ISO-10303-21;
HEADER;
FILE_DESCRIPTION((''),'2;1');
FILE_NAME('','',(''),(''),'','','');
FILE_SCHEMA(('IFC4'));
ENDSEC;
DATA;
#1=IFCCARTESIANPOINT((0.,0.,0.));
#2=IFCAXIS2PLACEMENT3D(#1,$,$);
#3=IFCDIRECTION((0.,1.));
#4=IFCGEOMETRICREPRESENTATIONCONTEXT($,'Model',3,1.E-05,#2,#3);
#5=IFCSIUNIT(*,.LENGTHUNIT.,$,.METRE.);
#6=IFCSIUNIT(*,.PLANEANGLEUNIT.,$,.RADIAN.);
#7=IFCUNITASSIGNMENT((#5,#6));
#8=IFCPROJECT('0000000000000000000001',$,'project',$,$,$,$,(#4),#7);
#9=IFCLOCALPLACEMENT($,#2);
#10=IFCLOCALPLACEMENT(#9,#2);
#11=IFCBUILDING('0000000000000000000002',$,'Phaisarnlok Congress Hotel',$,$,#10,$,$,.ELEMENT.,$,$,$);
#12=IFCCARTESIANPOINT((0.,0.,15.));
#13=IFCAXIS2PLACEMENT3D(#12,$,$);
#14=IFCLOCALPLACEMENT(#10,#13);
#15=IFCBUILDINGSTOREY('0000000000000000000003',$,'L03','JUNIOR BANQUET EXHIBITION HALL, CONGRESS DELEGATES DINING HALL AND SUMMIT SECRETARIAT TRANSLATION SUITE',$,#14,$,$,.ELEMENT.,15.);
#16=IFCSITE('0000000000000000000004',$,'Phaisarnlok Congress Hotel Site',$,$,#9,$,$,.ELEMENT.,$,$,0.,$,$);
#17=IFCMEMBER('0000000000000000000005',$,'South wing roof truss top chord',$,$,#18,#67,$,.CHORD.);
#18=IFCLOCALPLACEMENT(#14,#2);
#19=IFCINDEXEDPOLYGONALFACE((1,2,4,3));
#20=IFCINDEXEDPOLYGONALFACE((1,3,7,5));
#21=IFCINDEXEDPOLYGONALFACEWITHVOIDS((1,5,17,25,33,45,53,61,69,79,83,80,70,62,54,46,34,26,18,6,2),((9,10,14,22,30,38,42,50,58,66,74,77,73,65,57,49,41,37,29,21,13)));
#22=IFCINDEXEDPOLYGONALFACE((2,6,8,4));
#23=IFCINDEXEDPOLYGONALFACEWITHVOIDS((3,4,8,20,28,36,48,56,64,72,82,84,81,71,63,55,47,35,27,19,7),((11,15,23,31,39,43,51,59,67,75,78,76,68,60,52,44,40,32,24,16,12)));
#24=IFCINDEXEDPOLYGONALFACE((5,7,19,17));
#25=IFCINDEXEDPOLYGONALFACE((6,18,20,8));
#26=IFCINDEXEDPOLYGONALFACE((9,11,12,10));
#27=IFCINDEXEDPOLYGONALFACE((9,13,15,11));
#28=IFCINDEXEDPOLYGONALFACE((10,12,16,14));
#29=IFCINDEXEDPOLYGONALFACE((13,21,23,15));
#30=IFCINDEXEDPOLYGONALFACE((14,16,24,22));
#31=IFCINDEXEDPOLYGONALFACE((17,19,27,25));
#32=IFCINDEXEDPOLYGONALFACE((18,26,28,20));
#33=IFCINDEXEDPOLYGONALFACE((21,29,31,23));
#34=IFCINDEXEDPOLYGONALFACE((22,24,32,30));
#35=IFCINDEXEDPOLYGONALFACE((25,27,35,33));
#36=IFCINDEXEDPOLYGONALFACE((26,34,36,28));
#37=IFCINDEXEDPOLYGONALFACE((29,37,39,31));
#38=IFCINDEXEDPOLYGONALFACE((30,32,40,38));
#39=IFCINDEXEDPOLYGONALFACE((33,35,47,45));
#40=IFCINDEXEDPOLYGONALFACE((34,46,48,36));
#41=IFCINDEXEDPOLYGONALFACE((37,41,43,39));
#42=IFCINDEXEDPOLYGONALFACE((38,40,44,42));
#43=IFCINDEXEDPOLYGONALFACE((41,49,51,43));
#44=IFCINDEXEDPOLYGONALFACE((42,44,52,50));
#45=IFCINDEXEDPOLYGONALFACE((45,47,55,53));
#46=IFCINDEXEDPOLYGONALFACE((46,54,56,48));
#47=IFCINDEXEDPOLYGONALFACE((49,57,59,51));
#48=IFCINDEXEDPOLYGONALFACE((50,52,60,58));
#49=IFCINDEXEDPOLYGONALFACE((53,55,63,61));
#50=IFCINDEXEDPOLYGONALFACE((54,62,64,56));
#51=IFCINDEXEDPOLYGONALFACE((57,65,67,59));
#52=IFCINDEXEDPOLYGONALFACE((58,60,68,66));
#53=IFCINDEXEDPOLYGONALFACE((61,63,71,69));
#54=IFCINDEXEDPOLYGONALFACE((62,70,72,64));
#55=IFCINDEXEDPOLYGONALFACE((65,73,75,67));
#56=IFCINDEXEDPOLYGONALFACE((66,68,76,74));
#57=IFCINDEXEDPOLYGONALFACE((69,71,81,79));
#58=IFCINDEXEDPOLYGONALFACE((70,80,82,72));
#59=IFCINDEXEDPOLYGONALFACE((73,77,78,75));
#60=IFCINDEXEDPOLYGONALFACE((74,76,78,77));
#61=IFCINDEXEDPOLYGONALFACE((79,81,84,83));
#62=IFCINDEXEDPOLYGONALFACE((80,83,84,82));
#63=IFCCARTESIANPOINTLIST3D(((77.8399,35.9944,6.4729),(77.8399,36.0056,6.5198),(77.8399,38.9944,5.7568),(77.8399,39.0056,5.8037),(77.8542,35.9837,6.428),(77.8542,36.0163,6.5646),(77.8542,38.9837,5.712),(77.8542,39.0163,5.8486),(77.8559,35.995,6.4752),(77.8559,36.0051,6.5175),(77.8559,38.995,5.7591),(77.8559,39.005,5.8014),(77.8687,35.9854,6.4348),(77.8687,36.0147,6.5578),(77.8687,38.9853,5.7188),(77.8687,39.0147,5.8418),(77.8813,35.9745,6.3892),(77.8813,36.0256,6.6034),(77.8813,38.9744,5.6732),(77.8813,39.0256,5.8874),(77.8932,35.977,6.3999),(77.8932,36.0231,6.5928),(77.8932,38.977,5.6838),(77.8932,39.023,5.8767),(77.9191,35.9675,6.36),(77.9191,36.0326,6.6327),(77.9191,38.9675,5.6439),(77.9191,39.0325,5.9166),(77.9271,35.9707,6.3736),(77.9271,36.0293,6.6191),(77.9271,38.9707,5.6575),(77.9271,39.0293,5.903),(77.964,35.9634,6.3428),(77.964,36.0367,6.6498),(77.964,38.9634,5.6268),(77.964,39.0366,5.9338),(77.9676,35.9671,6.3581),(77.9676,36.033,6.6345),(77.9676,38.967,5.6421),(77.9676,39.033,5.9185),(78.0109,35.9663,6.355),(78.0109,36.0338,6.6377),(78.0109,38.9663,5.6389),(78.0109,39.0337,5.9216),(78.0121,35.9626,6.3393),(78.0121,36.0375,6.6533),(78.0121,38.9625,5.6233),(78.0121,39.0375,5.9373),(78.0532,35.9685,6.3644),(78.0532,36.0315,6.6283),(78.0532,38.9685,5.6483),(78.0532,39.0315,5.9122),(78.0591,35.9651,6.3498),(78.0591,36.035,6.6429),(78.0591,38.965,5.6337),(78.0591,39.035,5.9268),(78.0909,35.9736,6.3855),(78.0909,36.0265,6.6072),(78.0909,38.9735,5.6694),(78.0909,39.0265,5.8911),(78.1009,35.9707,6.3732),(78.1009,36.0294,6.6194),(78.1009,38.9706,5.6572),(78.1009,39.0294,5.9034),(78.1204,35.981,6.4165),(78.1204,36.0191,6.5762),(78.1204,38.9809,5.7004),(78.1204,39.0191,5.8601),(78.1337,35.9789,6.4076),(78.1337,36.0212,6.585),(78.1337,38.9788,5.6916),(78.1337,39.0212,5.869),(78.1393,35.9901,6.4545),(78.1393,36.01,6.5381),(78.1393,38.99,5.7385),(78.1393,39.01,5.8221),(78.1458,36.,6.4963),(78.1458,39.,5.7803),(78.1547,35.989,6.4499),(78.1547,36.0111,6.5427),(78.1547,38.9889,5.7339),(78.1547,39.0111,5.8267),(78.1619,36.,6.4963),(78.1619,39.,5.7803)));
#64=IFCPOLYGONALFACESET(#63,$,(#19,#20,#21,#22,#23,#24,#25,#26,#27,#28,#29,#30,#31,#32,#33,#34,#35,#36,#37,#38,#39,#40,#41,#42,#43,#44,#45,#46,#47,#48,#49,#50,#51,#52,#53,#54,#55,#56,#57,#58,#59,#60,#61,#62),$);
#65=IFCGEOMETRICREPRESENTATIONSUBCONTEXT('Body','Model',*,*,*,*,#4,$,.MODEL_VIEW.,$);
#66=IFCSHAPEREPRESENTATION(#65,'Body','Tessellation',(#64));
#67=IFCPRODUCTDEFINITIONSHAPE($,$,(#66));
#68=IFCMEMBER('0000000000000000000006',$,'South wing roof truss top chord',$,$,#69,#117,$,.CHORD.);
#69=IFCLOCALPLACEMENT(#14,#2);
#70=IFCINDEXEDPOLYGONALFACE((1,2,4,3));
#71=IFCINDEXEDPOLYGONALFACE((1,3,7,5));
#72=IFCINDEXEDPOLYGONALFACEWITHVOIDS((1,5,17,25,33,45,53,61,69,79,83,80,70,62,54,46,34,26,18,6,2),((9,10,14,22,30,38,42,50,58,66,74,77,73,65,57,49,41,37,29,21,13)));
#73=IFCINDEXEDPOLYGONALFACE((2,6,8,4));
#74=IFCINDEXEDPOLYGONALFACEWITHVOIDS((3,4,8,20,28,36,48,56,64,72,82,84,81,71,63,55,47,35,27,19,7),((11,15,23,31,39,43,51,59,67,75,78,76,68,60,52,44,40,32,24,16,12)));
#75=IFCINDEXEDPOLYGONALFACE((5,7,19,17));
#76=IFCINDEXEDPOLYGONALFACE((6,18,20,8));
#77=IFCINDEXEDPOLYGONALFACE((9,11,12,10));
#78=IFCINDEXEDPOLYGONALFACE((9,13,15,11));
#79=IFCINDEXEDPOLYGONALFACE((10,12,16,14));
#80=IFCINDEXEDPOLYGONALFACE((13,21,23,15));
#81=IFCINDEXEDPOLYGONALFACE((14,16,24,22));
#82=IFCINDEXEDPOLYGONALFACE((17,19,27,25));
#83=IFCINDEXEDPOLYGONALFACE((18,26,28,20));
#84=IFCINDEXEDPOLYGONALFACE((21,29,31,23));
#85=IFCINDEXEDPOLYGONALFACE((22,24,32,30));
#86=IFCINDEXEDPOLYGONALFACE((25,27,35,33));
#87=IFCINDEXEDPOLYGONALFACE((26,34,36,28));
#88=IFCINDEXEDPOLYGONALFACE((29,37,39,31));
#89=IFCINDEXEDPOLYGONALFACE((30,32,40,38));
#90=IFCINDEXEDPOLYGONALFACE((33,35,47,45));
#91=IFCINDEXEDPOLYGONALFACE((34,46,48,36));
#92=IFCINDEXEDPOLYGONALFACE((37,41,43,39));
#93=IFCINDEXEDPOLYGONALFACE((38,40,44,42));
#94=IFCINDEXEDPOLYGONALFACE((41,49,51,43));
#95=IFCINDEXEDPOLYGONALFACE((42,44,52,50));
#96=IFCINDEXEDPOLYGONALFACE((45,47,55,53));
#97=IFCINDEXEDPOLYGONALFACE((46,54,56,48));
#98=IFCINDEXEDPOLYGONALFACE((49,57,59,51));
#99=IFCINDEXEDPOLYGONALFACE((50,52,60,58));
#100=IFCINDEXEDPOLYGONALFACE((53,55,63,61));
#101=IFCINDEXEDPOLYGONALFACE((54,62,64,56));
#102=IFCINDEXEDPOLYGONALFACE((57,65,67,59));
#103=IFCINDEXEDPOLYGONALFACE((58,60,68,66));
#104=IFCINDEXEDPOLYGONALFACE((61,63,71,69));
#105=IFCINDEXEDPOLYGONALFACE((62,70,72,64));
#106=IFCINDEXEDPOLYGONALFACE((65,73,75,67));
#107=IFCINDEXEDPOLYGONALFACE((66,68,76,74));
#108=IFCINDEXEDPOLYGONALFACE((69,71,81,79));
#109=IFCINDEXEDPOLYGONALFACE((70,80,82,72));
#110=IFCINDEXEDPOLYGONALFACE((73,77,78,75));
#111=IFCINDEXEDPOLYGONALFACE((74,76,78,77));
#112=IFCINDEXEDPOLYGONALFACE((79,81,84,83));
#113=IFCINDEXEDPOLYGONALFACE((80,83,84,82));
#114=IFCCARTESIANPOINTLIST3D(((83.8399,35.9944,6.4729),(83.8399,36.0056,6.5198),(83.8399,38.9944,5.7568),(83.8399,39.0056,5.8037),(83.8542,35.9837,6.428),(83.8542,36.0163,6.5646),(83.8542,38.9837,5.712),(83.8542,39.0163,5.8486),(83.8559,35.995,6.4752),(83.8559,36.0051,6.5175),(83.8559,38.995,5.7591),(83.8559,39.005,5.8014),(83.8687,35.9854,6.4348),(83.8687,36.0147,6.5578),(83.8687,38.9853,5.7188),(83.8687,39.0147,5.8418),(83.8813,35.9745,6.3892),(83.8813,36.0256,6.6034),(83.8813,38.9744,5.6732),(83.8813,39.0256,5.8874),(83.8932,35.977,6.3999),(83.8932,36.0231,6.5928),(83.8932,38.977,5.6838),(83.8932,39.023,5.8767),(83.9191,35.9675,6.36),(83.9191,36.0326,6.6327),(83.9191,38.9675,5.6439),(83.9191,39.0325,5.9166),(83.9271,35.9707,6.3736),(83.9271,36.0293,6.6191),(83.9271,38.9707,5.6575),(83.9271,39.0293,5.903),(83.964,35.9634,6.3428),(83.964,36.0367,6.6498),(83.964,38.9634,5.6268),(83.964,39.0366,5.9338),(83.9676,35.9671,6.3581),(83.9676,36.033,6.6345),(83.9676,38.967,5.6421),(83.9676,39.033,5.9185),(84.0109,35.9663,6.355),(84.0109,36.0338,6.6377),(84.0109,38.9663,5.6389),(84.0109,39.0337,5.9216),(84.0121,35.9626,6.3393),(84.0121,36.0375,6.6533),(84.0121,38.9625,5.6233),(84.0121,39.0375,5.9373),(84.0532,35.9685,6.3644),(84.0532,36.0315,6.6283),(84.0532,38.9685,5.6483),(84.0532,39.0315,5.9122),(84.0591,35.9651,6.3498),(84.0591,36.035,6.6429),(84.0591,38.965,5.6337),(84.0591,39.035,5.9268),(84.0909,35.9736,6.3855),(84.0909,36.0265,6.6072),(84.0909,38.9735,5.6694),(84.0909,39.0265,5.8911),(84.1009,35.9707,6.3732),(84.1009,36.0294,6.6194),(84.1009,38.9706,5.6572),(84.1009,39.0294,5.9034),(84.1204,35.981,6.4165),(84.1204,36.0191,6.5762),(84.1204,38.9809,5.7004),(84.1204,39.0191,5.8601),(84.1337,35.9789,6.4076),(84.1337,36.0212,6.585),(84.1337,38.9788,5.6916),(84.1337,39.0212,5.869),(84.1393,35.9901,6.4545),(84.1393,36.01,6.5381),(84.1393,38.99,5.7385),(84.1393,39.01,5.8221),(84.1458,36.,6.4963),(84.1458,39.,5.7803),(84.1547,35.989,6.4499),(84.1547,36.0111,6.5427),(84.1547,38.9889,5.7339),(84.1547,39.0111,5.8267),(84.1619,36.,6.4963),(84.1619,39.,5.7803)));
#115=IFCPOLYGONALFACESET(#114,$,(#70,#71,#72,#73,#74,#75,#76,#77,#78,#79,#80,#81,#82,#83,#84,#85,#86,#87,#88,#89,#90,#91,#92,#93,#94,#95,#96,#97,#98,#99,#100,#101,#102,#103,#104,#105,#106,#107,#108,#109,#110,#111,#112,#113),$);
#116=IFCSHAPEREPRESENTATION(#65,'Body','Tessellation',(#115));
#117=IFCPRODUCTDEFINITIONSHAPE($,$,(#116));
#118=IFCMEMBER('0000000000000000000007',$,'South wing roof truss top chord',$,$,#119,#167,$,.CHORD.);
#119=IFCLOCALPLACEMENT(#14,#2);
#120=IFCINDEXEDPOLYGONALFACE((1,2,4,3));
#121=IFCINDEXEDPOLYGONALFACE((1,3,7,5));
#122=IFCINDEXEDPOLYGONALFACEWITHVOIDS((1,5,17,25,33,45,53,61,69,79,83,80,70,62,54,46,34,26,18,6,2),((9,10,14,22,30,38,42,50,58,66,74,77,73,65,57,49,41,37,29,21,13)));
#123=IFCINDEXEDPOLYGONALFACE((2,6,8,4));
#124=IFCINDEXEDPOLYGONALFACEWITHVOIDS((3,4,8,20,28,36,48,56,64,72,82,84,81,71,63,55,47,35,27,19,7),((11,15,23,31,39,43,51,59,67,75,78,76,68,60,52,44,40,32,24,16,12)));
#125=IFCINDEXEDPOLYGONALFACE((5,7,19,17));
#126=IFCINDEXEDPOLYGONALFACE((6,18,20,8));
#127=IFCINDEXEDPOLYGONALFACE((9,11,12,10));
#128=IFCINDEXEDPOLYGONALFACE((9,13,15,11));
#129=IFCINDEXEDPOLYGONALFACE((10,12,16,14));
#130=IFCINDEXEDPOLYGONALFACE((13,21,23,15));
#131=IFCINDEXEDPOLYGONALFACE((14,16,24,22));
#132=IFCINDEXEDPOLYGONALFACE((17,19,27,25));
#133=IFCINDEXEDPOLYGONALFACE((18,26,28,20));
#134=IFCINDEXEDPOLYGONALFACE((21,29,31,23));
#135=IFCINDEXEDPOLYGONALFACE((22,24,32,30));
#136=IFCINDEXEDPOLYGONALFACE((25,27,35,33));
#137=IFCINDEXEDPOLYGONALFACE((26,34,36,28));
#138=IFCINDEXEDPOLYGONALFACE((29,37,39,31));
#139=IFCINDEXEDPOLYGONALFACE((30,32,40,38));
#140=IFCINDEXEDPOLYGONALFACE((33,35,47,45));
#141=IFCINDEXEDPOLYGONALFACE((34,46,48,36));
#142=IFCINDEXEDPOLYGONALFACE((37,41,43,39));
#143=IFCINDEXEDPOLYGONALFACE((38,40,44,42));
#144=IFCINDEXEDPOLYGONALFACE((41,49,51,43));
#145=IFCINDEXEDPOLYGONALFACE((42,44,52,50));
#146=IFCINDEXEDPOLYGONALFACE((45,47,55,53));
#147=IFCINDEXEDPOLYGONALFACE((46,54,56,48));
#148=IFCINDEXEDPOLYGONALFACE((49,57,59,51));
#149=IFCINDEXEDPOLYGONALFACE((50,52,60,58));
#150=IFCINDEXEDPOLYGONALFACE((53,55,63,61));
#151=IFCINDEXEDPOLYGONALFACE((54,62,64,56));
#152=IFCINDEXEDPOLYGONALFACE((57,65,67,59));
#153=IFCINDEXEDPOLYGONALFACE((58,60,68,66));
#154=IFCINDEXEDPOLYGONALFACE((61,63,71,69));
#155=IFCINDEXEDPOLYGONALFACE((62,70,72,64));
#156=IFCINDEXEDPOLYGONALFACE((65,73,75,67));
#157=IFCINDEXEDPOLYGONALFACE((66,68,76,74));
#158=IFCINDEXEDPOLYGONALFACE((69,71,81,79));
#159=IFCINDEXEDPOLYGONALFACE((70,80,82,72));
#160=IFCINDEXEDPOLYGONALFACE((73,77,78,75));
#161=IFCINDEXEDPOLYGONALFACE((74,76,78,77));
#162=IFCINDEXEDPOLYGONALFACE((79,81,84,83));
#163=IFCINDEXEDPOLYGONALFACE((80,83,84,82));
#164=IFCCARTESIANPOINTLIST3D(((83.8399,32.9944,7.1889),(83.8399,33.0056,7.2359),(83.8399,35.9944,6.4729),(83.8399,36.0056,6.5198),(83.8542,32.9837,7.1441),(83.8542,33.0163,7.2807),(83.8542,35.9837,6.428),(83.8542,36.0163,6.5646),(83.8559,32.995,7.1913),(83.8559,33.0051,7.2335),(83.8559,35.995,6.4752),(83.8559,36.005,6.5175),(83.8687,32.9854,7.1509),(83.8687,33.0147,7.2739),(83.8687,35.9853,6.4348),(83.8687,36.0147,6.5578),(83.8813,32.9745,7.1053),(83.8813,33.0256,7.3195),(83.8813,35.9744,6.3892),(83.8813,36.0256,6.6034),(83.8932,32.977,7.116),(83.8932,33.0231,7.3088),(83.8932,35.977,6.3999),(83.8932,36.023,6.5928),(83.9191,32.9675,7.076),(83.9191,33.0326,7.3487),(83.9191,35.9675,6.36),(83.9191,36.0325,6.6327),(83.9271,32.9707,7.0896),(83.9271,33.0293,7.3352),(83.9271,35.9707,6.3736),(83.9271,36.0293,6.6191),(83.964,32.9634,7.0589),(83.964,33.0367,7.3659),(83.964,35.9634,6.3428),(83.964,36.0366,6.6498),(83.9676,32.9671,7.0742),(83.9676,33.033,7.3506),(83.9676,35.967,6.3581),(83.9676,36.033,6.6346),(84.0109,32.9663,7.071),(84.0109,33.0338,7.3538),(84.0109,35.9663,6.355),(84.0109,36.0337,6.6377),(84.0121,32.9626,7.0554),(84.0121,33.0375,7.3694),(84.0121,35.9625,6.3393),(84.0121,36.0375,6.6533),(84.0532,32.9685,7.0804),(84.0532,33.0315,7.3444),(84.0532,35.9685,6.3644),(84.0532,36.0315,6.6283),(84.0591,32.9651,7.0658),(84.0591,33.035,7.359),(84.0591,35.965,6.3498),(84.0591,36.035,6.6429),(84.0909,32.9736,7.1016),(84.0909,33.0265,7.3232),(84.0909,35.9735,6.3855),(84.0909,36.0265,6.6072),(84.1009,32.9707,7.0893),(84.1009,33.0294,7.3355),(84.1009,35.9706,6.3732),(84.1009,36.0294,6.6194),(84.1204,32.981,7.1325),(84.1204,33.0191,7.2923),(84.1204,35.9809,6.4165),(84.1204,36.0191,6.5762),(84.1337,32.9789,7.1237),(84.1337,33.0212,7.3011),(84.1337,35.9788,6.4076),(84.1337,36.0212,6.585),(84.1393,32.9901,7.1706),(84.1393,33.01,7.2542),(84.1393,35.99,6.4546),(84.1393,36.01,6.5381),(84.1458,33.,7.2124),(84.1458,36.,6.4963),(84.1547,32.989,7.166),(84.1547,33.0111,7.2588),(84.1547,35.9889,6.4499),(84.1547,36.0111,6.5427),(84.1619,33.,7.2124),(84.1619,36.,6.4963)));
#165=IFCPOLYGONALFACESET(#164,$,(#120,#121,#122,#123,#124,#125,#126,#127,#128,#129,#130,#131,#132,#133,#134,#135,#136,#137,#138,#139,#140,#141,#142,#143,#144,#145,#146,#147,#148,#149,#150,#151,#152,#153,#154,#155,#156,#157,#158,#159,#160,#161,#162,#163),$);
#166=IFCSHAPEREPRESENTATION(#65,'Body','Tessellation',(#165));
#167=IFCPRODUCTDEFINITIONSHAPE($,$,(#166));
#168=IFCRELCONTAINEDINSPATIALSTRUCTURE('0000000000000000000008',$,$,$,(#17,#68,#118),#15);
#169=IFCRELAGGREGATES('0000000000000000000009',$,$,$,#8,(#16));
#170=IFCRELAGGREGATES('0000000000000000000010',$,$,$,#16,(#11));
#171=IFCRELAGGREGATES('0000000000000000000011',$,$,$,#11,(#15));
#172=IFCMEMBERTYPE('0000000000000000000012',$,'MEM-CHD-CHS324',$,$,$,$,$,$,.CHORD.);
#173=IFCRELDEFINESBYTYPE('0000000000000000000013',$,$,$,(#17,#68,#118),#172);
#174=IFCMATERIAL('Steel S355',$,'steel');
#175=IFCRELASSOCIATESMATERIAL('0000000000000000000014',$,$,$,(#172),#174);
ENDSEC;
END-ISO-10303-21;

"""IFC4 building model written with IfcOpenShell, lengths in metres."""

from ifc_helpers import new_model, si_unit, direction, frame, origin, origin_2d, place, context, subcontext, project, spatial, hollow_circle, extrude, material, material_profile, profile_set, type_object, element, save


model = new_model("IFC4")

# Units and contexts
model_context = context("Model", 3, precision=1e-05, world=origin(), true_north=direction((0.0, 1.0)))
body_context = subcontext(model_context, "Body", "Model", "MODEL_VIEW")
ifc_project = project(units=[si_unit("LENGTHUNIT", "METRE"), si_unit("PLANEANGLEUNIT", "RADIAN")], contexts=[model_context])

# Site, building, storey
site_placement = place(None, origin())
site = spatial("IfcSite", under=ifc_project, at=site_placement, Name="Phaisarnlok Congress Hotel Site", CompositionType="ELEMENT", RefElevation=0.0)
building_placement = place(site_placement, origin())
building = spatial("IfcBuilding", under=site, at=building_placement, Name="Phaisarnlok Congress Hotel", CompositionType="ELEMENT")
storey_placement = place(building_placement, frame((0.0, 0.0, 15.0)))
storey = spatial("IfcBuildingStorey", under=building, at=storey_placement, Name="L03", Description="JUNIOR BANQUET EXHIBITION HALL, CONGRESS DELEGATES DINING HALL AND SUMMIT SECRETARIAT TRANSLATION SUITE", CompositionType="ELEMENT", Elevation=15.0)

# Shared definitions
ifc_material_1 = material(Name="Steel S355", Category="steel")

# Members
ifc_material_profile_1 = material_profile(ifc_material_1, hollow_circle(Radius=0.1619, WallThickness=0.0161, at=origin_2d()), Name="CHS 323.9x16")
ifc_profile_set_1 = profile_set([ifc_material_profile_1], Name="Steel S355")
member_type_1 = type_object("IfcMemberType", Name="MEM-CHD-CHS324", PredefinedType="CHORD", material=ifc_profile_set_1)
for number, where, z_axis, x_axis, name in (
    (1, (78.0, 39.0, 5.7803), (0.0, -0.972676, 0.232166), (1.0, 0.0, 0.0), "South wing roof truss top chord"),
    (2, (84.0, 39.0, 5.7803), (0.0, -0.972676, 0.232166), (1.0, 0.0, 0.0), "South wing roof truss top chord"),
    (3, (84.0, 36.0, 6.4963), (0.0, -0.972676, 0.232166), (1.0, 0.0, 0.0), "South wing roof truss top chord"),
):
    element("IfcMember", number, at=place(storey_placement, frame(where, z_axis=z_axis, x_axis=x_axis)), inside=storey, type_object=member_type_1, Name=name, PredefinedType="CHORD", context=body_context, shape_type="SweptSolid", body=[
        extrude(hollow_circle(Radius=0.1619, WallThickness=0.0161, at=origin_2d()), origin(), (0.0, 0.0, 1.0), 3.0842),
    ])

save(model, "model.ifc")
